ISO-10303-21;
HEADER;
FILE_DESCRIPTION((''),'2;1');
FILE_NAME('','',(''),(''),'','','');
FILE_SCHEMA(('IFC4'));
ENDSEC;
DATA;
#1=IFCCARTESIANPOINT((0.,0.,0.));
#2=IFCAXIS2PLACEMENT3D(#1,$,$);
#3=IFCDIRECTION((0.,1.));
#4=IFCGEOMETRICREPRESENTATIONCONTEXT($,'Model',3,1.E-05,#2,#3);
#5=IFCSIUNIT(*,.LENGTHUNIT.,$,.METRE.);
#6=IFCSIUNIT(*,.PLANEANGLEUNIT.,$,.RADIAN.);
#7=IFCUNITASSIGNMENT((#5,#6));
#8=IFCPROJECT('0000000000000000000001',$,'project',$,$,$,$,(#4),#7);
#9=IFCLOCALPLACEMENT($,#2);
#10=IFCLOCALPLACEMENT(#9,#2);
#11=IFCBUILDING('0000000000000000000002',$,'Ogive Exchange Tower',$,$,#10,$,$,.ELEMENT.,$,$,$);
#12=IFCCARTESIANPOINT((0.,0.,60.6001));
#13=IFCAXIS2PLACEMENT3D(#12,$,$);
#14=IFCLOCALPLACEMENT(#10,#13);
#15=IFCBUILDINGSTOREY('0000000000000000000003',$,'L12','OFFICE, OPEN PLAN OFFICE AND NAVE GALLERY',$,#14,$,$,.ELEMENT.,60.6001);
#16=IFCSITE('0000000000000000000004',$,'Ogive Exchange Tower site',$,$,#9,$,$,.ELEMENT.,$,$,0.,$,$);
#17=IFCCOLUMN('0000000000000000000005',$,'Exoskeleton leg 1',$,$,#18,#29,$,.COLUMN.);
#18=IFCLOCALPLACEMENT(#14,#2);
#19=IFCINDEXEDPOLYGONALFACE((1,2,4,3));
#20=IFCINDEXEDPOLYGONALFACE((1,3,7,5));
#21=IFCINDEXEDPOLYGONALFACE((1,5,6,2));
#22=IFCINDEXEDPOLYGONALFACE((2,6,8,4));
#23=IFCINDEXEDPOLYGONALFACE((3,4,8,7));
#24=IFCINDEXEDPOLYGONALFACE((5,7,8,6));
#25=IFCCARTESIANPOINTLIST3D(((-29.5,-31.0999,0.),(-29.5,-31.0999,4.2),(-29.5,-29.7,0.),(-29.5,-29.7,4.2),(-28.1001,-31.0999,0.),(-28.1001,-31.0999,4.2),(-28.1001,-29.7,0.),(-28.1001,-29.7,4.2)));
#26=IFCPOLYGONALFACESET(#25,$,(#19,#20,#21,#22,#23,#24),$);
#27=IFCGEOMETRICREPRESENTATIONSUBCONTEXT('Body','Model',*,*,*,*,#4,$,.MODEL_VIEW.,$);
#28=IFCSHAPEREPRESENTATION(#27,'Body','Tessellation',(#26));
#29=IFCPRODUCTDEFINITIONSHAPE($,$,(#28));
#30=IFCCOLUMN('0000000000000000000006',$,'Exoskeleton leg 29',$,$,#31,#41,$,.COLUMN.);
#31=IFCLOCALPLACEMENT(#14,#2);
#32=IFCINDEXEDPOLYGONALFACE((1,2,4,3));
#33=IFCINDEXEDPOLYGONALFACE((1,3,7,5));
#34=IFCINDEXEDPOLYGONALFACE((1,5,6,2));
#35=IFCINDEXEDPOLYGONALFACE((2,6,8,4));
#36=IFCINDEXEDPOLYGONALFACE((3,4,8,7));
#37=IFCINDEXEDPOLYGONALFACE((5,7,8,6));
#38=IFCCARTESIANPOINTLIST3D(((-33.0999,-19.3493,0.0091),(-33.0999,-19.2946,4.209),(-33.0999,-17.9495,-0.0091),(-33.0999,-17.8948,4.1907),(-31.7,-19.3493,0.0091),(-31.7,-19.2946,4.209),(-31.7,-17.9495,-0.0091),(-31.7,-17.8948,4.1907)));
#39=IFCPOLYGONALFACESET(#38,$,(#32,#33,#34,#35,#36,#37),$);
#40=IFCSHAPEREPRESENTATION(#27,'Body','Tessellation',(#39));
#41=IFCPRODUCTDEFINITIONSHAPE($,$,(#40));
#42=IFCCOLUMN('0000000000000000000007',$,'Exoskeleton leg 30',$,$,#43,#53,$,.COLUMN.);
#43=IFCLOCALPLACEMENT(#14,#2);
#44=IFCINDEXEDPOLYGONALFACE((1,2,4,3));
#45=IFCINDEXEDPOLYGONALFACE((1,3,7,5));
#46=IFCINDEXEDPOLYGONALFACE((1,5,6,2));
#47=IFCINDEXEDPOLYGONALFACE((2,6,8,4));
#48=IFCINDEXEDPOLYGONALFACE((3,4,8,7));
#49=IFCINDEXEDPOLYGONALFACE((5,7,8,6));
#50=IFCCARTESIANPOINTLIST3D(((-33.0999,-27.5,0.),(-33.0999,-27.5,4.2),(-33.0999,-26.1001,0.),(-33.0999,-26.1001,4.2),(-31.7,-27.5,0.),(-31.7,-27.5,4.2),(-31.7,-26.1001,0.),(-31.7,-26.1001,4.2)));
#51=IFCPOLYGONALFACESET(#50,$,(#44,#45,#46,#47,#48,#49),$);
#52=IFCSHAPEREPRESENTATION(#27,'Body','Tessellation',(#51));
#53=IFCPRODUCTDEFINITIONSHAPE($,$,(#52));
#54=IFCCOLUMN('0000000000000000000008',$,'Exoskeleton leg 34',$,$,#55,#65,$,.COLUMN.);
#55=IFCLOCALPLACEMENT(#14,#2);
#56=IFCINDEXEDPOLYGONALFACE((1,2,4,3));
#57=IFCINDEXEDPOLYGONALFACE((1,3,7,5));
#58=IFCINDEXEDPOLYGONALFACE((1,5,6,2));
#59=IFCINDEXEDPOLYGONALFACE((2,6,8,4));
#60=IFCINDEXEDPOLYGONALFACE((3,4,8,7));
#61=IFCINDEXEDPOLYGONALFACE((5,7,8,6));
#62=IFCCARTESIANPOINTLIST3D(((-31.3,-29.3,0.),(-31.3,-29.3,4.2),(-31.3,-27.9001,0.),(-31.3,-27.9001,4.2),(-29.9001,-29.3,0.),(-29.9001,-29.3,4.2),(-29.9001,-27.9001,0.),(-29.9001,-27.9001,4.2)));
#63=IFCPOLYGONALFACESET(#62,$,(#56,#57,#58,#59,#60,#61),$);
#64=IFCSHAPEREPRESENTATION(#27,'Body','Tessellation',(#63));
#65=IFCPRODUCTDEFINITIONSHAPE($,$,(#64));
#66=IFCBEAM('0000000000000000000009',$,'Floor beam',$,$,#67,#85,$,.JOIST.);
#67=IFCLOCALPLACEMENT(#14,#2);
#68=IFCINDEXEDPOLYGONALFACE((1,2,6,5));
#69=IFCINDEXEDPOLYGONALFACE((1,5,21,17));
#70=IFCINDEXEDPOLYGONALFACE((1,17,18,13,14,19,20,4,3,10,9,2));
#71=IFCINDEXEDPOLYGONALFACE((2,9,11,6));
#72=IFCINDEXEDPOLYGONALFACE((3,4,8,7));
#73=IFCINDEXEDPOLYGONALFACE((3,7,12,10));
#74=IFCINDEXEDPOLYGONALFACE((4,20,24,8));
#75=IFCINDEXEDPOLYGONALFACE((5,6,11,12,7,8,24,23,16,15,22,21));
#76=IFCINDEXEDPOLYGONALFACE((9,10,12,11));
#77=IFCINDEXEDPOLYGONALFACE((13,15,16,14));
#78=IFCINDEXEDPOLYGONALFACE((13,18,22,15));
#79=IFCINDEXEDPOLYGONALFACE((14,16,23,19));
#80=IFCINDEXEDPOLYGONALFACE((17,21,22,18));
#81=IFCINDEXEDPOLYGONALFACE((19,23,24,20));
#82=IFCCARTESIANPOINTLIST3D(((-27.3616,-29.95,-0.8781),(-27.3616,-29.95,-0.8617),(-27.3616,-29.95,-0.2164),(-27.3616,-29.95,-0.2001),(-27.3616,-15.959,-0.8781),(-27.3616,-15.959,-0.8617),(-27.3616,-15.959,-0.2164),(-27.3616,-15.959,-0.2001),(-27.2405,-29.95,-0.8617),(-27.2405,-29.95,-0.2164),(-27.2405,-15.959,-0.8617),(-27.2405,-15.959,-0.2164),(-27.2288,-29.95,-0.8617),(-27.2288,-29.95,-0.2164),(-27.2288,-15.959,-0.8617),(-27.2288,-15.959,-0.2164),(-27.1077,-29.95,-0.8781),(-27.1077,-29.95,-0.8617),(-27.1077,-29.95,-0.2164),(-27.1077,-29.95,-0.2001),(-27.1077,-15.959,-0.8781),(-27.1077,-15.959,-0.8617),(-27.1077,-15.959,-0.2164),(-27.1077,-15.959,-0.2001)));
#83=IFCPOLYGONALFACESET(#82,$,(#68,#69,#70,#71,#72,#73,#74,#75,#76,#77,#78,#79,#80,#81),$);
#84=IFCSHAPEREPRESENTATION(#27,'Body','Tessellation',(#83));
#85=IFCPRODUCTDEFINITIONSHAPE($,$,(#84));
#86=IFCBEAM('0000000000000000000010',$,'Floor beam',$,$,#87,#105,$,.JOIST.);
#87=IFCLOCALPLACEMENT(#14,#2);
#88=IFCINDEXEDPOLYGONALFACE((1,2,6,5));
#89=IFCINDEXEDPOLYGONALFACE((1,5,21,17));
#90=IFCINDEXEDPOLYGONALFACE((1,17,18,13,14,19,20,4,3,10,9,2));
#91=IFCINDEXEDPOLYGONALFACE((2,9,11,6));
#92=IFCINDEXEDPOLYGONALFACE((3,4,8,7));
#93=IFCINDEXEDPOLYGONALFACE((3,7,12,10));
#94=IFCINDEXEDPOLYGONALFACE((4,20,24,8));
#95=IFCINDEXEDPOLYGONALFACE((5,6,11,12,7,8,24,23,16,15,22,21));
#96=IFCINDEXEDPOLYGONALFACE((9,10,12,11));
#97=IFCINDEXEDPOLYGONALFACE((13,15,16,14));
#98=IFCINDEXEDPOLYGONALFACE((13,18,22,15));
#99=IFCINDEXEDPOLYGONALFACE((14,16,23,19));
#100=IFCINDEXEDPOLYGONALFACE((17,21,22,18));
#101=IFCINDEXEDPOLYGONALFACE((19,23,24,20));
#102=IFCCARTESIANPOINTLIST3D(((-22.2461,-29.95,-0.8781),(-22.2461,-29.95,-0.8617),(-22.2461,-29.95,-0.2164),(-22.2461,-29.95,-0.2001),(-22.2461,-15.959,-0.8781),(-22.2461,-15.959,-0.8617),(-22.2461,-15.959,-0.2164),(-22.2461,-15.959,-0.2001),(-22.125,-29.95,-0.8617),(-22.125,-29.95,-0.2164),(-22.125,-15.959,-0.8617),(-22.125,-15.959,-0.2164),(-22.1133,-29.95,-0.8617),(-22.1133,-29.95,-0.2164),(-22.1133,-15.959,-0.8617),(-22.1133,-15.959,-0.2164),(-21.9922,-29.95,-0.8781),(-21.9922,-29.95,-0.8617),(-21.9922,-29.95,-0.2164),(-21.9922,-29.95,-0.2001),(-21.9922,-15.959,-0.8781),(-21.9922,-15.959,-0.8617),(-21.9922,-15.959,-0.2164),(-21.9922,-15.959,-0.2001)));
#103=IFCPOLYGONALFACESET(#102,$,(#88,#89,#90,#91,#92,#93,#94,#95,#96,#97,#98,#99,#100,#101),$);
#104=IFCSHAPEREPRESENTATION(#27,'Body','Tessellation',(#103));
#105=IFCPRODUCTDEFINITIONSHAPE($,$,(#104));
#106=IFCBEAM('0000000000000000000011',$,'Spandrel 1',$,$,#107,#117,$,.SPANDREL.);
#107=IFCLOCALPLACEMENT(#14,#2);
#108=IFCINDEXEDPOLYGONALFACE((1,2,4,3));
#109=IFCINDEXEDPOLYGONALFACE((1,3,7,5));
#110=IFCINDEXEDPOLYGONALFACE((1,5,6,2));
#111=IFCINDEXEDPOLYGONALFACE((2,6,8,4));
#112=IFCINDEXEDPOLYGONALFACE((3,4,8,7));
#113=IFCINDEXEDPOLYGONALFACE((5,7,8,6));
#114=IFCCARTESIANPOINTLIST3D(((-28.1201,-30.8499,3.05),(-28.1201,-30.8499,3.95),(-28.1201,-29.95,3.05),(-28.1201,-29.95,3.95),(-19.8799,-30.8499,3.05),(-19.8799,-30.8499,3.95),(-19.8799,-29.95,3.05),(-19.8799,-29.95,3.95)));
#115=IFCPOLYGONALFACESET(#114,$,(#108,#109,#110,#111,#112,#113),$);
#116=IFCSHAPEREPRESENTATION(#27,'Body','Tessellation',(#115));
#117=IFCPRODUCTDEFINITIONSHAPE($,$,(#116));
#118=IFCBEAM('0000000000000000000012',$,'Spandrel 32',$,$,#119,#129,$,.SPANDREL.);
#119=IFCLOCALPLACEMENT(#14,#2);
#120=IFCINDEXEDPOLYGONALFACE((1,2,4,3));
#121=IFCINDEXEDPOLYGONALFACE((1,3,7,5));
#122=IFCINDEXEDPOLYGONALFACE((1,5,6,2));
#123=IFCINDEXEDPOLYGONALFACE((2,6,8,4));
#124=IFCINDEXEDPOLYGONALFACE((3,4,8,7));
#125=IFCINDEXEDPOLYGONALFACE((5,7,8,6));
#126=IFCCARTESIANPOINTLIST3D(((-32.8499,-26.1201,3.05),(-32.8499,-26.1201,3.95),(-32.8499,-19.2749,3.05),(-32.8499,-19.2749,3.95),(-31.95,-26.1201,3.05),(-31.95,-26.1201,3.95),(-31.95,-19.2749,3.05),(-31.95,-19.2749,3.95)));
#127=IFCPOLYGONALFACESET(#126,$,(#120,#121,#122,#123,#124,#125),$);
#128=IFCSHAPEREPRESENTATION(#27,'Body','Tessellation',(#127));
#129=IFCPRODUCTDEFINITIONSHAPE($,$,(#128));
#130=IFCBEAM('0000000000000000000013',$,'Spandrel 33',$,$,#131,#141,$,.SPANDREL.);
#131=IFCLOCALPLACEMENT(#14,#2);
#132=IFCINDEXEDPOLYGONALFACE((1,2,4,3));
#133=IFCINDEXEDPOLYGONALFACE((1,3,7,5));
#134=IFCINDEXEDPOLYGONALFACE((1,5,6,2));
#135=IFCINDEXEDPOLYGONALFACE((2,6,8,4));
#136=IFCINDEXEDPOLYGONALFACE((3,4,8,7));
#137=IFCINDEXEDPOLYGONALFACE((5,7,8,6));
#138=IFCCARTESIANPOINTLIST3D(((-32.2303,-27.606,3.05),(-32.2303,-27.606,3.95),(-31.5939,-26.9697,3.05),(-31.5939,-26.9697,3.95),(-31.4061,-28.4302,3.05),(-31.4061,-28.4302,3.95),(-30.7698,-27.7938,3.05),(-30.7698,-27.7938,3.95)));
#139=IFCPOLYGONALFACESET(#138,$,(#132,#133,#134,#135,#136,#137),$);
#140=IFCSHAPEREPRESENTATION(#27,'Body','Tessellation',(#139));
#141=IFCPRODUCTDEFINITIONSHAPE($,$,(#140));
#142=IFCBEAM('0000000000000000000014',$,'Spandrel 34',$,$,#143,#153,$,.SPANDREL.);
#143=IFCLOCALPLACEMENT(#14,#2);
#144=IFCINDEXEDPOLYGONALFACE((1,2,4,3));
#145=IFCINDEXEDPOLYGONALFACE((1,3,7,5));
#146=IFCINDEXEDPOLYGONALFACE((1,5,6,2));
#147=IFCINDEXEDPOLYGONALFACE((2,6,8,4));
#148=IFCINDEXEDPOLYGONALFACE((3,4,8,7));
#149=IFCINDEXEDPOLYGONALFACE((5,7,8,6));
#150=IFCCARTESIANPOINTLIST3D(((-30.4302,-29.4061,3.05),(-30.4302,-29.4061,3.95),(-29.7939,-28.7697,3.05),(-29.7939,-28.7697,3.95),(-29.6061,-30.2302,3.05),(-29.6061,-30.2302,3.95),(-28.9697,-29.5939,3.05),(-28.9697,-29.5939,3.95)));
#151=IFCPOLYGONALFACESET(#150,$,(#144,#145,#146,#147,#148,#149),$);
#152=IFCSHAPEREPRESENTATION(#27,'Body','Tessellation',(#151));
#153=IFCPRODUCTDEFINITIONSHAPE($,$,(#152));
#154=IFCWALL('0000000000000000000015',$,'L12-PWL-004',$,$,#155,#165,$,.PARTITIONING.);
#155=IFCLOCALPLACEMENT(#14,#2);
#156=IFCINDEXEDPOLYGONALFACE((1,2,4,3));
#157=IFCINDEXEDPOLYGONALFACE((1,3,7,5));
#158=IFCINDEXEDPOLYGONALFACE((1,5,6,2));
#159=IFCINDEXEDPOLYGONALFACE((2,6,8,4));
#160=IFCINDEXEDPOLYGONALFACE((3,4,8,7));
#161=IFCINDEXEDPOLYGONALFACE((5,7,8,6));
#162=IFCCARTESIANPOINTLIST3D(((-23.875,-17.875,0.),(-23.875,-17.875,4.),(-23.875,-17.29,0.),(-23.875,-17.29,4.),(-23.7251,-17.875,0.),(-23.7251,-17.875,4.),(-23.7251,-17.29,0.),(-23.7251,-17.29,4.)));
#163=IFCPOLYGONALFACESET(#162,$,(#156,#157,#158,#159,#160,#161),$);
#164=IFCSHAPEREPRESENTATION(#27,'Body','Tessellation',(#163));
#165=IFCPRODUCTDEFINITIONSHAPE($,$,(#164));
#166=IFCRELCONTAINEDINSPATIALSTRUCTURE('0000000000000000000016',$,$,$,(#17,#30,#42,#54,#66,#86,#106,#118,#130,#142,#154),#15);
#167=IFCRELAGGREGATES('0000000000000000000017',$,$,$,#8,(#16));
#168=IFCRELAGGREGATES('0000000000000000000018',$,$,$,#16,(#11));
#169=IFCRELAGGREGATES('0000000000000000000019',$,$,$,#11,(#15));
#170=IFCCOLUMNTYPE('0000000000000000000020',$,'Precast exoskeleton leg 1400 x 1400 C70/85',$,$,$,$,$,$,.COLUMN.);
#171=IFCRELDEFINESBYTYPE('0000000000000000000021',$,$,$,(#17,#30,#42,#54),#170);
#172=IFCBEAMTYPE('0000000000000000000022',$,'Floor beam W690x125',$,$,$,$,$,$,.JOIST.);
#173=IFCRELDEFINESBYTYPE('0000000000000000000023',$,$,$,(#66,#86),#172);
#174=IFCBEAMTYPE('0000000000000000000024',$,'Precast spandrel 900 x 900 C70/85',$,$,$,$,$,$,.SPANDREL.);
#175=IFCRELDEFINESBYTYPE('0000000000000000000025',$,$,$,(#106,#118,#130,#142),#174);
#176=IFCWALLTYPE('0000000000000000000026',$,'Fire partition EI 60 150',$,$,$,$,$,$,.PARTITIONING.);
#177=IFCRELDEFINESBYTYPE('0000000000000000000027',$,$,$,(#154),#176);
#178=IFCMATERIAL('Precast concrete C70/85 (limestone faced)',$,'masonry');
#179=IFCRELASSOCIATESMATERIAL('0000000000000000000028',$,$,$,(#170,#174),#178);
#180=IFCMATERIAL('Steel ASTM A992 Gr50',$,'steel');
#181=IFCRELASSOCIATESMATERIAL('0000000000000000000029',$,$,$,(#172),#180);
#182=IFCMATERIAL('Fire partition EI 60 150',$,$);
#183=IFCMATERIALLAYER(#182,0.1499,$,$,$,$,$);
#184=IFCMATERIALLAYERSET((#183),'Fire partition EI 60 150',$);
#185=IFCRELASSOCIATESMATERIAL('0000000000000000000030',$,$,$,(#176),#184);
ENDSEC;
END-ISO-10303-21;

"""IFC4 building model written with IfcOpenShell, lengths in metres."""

from ifc_helpers import new_model, si_unit, direction, frame, frame_2d, origin, origin_2d, place, context, subcontext, project, spatial, rectangle, i_section, extrude, material, layer, layer_set, material_profile, profile_set, type_object, element, save


model = new_model("IFC4")

# Units and contexts
model_context = context("Model", 3, precision=1e-05, world=origin(), true_north=direction((0.0, 1.0)))
body_context = subcontext(model_context, "Body", "Model", "MODEL_VIEW")
ifc_project = project(units=[si_unit("LENGTHUNIT", "METRE"), si_unit("PLANEANGLEUNIT", "RADIAN")], contexts=[model_context])

# Site, building, storey
site_placement = place(None, origin())
site = spatial("IfcSite", under=ifc_project, at=site_placement, Name="Ogive Exchange Tower site", CompositionType="ELEMENT", RefElevation=0.0)
building_placement = place(site_placement, origin())
building = spatial("IfcBuilding", under=site, at=building_placement, Name="Ogive Exchange Tower", CompositionType="ELEMENT")
storey_placement = place(building_placement, frame((0.0, 0.0, 60.6001)))
storey = spatial("IfcBuildingStorey", under=building, at=storey_placement, Name="L12", Description="OFFICE, OPEN PLAN OFFICE AND NAVE GALLERY", CompositionType="ELEMENT", Elevation=60.6001)

# Columns
ifc_material_1 = material(Name="Precast concrete C70/85 (limestone faced)", Category="masonry")
ifc_material_profile_1 = material_profile(ifc_material_1, rectangle(XDim=1.3999, YDim=1.3999, at=origin_2d()), Name="1400 x 1400")
ifc_profile_set_1 = profile_set([ifc_material_profile_1], Name="Precast concrete C70/85 (limestone faced)")
column_type = type_object("IfcColumnType", Name="Precast exoskeleton leg 1400 x 1400 C70/85", PredefinedType="COLUMN", material=ifc_profile_set_1)
column_1_placement = place(storey_placement, frame((-28.8, -30.3999, 0.0), z_axis=(0.0, 0.0, 1.0), x_axis=(1.0, 0.0, 0.0)))
element("IfcColumn", 1, at=column_1_placement, inside=storey, type_object=column_type, Name="Exoskeleton leg 1", PredefinedType="COLUMN", context=body_context, shape_type="SweptSolid", body=[
    extrude(rectangle(XDim=1.3999, YDim=1.3999, at=origin_2d()), origin(), (0.0, 0.0, 1.0), 4.2),
])
column_2_placement = place(storey_placement, frame((-32.3999, -18.6494, 0.0), z_axis=(0.0, 0.01302, 0.999915), x_axis=(-1.0, 0.0, 0.0)))
element("IfcColumn", 2, at=column_2_placement, inside=storey, type_object=column_type, Name="Exoskeleton leg 29", PredefinedType="COLUMN", context=body_context, shape_type="SweptSolid", body=[
    extrude(rectangle(XDim=1.3999, YDim=1.3999, at=origin_2d()), origin(), (0.0, 0.0, 1.0), 4.2002),
])
for number, where, z_axis, x_axis, name in (
    (3, (-32.3999, -26.8, 0.0), (0.0, 0.0, 1.0), (1.0, 0.0, 0.0), "Exoskeleton leg 30"),
    (4, (-30.6001, -28.6001, 0.0), (0.0, 0.0, 1.0), (1.0, 0.0, 0.0), "Exoskeleton leg 34"),
):
    element("IfcColumn", number, at=place(storey_placement, frame(where, z_axis=z_axis, x_axis=x_axis)), inside=storey, type_object=column_type, Name=name, PredefinedType="COLUMN", context=body_context, shape_type="SweptSolid", body=[
        extrude(rectangle(XDim=1.3999, YDim=1.3999, at=origin_2d()), origin(), (0.0, 0.0, 1.0), 4.2),
    ])

# Beams
ifc_material_2 = material(Name="Steel ASTM A992 Gr50", Category="steel")
ifc_material_profile_2 = material_profile(ifc_material_2, i_section(OverallWidth=0.2539, OverallDepth=0.678, WebThickness=0.0117, FlangeThickness=0.0164, at=origin_2d()), Name="W690x125")
ifc_profile_set_2 = profile_set([ifc_material_profile_2], Name="Steel ASTM A992 Gr50")
beam_type_1 = type_object("IfcBeamType", Name="Floor beam W690x125", PredefinedType="JOIST", material=ifc_profile_set_2)
for number, where, z_axis, x_axis, name in (
    (5, (-27.2346, -29.95, -0.5391), (0.0, 1.0, 0.0), (-1.0, 0.0, 0.0), "Floor beam"),
    (6, (-22.1191, -29.95, -0.5391), (0.0, 1.0, 0.0), (-1.0, 0.0, 0.0), "Floor beam"),
):
    element("IfcBeam", number, at=place(storey_placement, frame(where, z_axis=z_axis, x_axis=x_axis)), inside=storey, type_object=beam_type_1, Name=name, PredefinedType="JOIST", context=body_context, shape_type="SweptSolid", body=[
        extrude(i_section(OverallWidth=0.2539, OverallDepth=0.678, WebThickness=0.0117, FlangeThickness=0.0164, at=origin_2d()), origin(), (0.0, 0.0, 1.0), 13.991),
    ])
ifc_material_profile_3 = material_profile(ifc_material_1, rectangle(XDim=0.8999, YDim=0.8999, at=origin_2d()), Name="900 x 900")
ifc_profile_set_3 = profile_set([ifc_material_profile_3], Name="Precast concrete C70/85 (limestone faced)")
beam_type_2 = type_object("IfcBeamType", Name="Precast spandrel 900 x 900 C70/85", PredefinedType="SPANDREL", material=ifc_profile_set_3)
beam_1_placement = place(storey_placement, frame((-28.1201, -30.3999, 3.5), z_axis=(1.0, 0.0, 0.0), x_axis=(0.0, 1.0, 0.0)))
element("IfcBeam", 7, at=beam_1_placement, inside=storey, type_object=beam_type_2, Name="Spandrel 1", PredefinedType="SPANDREL", context=body_context, shape_type="SweptSolid", body=[
    extrude(rectangle(XDim=0.8999, YDim=0.8999, at=origin_2d()), origin(), (0.0, 0.0, 1.0), 8.2402),
])
beam_2_placement = place(storey_placement, frame((-32.3999, -19.2749, 3.5), z_axis=(0.0, -1.0, 0.0), x_axis=(1.0, 0.0, 0.0)))
element("IfcBeam", 8, at=beam_2_placement, inside=storey, type_object=beam_type_2, Name="Spandrel 32", PredefinedType="SPANDREL", context=body_context, shape_type="SweptSolid", body=[
    extrude(rectangle(XDim=0.8999, YDim=0.8999, at=origin_2d()), origin(), (0.0, 0.0, 1.0), 6.8452),
])
for number, where, z_axis, x_axis, name in (
    (9, (-31.9121, -27.2878, 3.5), (0.707107, -0.707107, 0.0), (0.707107, 0.707107, 0.0), "Spandrel 33"),
    (10, (-30.1121, -29.0879, 3.5), (0.707107, -0.707107, 0.0), (0.707107, 0.707107, 0.0), "Spandrel 34"),
):
    element("IfcBeam", number, at=place(storey_placement, frame(where, z_axis=z_axis, x_axis=x_axis)), inside=storey, type_object=beam_type_2, Name=name, PredefinedType="SPANDREL", context=body_context, shape_type="SweptSolid", body=[
        extrude(rectangle(XDim=0.8999, YDim=0.8999, at=origin_2d()), origin(), (0.0, 0.0, 1.0), 1.1655),
    ])

# Wall
ifc_material_3 = material(Name="Fire partition EI 60 150")
ifc_layer_1 = layer(ifc_material_3, 0.1499)
ifc_layer_set_1 = layer_set([ifc_layer_1], Name="Fire partition EI 60 150")
wall_type_1 = type_object("IfcWallType", Name="Fire partition EI 60 150", PredefinedType="PARTITIONING", material=ifc_layer_set_1)
wall_1_placement = place(storey_placement, frame((-23.8, -17.875, 0.0), z_axis=(0.0, 0.0, 1.0), x_axis=(0.0, 1.0, 0.0)))
element("IfcWall", 11, at=wall_1_placement, inside=storey, type_object=wall_type_1, Name="L12-PWL-004", PredefinedType="PARTITIONING", context=body_context, shape_type="SweptSolid", body=[
    extrude(rectangle(XDim=0.585, YDim=0.1499, at=frame_2d((0.2925, 0.0))), origin(), (0.0, 0.0, 1.0), 4.0),
])

save(model, "model.ifc")
